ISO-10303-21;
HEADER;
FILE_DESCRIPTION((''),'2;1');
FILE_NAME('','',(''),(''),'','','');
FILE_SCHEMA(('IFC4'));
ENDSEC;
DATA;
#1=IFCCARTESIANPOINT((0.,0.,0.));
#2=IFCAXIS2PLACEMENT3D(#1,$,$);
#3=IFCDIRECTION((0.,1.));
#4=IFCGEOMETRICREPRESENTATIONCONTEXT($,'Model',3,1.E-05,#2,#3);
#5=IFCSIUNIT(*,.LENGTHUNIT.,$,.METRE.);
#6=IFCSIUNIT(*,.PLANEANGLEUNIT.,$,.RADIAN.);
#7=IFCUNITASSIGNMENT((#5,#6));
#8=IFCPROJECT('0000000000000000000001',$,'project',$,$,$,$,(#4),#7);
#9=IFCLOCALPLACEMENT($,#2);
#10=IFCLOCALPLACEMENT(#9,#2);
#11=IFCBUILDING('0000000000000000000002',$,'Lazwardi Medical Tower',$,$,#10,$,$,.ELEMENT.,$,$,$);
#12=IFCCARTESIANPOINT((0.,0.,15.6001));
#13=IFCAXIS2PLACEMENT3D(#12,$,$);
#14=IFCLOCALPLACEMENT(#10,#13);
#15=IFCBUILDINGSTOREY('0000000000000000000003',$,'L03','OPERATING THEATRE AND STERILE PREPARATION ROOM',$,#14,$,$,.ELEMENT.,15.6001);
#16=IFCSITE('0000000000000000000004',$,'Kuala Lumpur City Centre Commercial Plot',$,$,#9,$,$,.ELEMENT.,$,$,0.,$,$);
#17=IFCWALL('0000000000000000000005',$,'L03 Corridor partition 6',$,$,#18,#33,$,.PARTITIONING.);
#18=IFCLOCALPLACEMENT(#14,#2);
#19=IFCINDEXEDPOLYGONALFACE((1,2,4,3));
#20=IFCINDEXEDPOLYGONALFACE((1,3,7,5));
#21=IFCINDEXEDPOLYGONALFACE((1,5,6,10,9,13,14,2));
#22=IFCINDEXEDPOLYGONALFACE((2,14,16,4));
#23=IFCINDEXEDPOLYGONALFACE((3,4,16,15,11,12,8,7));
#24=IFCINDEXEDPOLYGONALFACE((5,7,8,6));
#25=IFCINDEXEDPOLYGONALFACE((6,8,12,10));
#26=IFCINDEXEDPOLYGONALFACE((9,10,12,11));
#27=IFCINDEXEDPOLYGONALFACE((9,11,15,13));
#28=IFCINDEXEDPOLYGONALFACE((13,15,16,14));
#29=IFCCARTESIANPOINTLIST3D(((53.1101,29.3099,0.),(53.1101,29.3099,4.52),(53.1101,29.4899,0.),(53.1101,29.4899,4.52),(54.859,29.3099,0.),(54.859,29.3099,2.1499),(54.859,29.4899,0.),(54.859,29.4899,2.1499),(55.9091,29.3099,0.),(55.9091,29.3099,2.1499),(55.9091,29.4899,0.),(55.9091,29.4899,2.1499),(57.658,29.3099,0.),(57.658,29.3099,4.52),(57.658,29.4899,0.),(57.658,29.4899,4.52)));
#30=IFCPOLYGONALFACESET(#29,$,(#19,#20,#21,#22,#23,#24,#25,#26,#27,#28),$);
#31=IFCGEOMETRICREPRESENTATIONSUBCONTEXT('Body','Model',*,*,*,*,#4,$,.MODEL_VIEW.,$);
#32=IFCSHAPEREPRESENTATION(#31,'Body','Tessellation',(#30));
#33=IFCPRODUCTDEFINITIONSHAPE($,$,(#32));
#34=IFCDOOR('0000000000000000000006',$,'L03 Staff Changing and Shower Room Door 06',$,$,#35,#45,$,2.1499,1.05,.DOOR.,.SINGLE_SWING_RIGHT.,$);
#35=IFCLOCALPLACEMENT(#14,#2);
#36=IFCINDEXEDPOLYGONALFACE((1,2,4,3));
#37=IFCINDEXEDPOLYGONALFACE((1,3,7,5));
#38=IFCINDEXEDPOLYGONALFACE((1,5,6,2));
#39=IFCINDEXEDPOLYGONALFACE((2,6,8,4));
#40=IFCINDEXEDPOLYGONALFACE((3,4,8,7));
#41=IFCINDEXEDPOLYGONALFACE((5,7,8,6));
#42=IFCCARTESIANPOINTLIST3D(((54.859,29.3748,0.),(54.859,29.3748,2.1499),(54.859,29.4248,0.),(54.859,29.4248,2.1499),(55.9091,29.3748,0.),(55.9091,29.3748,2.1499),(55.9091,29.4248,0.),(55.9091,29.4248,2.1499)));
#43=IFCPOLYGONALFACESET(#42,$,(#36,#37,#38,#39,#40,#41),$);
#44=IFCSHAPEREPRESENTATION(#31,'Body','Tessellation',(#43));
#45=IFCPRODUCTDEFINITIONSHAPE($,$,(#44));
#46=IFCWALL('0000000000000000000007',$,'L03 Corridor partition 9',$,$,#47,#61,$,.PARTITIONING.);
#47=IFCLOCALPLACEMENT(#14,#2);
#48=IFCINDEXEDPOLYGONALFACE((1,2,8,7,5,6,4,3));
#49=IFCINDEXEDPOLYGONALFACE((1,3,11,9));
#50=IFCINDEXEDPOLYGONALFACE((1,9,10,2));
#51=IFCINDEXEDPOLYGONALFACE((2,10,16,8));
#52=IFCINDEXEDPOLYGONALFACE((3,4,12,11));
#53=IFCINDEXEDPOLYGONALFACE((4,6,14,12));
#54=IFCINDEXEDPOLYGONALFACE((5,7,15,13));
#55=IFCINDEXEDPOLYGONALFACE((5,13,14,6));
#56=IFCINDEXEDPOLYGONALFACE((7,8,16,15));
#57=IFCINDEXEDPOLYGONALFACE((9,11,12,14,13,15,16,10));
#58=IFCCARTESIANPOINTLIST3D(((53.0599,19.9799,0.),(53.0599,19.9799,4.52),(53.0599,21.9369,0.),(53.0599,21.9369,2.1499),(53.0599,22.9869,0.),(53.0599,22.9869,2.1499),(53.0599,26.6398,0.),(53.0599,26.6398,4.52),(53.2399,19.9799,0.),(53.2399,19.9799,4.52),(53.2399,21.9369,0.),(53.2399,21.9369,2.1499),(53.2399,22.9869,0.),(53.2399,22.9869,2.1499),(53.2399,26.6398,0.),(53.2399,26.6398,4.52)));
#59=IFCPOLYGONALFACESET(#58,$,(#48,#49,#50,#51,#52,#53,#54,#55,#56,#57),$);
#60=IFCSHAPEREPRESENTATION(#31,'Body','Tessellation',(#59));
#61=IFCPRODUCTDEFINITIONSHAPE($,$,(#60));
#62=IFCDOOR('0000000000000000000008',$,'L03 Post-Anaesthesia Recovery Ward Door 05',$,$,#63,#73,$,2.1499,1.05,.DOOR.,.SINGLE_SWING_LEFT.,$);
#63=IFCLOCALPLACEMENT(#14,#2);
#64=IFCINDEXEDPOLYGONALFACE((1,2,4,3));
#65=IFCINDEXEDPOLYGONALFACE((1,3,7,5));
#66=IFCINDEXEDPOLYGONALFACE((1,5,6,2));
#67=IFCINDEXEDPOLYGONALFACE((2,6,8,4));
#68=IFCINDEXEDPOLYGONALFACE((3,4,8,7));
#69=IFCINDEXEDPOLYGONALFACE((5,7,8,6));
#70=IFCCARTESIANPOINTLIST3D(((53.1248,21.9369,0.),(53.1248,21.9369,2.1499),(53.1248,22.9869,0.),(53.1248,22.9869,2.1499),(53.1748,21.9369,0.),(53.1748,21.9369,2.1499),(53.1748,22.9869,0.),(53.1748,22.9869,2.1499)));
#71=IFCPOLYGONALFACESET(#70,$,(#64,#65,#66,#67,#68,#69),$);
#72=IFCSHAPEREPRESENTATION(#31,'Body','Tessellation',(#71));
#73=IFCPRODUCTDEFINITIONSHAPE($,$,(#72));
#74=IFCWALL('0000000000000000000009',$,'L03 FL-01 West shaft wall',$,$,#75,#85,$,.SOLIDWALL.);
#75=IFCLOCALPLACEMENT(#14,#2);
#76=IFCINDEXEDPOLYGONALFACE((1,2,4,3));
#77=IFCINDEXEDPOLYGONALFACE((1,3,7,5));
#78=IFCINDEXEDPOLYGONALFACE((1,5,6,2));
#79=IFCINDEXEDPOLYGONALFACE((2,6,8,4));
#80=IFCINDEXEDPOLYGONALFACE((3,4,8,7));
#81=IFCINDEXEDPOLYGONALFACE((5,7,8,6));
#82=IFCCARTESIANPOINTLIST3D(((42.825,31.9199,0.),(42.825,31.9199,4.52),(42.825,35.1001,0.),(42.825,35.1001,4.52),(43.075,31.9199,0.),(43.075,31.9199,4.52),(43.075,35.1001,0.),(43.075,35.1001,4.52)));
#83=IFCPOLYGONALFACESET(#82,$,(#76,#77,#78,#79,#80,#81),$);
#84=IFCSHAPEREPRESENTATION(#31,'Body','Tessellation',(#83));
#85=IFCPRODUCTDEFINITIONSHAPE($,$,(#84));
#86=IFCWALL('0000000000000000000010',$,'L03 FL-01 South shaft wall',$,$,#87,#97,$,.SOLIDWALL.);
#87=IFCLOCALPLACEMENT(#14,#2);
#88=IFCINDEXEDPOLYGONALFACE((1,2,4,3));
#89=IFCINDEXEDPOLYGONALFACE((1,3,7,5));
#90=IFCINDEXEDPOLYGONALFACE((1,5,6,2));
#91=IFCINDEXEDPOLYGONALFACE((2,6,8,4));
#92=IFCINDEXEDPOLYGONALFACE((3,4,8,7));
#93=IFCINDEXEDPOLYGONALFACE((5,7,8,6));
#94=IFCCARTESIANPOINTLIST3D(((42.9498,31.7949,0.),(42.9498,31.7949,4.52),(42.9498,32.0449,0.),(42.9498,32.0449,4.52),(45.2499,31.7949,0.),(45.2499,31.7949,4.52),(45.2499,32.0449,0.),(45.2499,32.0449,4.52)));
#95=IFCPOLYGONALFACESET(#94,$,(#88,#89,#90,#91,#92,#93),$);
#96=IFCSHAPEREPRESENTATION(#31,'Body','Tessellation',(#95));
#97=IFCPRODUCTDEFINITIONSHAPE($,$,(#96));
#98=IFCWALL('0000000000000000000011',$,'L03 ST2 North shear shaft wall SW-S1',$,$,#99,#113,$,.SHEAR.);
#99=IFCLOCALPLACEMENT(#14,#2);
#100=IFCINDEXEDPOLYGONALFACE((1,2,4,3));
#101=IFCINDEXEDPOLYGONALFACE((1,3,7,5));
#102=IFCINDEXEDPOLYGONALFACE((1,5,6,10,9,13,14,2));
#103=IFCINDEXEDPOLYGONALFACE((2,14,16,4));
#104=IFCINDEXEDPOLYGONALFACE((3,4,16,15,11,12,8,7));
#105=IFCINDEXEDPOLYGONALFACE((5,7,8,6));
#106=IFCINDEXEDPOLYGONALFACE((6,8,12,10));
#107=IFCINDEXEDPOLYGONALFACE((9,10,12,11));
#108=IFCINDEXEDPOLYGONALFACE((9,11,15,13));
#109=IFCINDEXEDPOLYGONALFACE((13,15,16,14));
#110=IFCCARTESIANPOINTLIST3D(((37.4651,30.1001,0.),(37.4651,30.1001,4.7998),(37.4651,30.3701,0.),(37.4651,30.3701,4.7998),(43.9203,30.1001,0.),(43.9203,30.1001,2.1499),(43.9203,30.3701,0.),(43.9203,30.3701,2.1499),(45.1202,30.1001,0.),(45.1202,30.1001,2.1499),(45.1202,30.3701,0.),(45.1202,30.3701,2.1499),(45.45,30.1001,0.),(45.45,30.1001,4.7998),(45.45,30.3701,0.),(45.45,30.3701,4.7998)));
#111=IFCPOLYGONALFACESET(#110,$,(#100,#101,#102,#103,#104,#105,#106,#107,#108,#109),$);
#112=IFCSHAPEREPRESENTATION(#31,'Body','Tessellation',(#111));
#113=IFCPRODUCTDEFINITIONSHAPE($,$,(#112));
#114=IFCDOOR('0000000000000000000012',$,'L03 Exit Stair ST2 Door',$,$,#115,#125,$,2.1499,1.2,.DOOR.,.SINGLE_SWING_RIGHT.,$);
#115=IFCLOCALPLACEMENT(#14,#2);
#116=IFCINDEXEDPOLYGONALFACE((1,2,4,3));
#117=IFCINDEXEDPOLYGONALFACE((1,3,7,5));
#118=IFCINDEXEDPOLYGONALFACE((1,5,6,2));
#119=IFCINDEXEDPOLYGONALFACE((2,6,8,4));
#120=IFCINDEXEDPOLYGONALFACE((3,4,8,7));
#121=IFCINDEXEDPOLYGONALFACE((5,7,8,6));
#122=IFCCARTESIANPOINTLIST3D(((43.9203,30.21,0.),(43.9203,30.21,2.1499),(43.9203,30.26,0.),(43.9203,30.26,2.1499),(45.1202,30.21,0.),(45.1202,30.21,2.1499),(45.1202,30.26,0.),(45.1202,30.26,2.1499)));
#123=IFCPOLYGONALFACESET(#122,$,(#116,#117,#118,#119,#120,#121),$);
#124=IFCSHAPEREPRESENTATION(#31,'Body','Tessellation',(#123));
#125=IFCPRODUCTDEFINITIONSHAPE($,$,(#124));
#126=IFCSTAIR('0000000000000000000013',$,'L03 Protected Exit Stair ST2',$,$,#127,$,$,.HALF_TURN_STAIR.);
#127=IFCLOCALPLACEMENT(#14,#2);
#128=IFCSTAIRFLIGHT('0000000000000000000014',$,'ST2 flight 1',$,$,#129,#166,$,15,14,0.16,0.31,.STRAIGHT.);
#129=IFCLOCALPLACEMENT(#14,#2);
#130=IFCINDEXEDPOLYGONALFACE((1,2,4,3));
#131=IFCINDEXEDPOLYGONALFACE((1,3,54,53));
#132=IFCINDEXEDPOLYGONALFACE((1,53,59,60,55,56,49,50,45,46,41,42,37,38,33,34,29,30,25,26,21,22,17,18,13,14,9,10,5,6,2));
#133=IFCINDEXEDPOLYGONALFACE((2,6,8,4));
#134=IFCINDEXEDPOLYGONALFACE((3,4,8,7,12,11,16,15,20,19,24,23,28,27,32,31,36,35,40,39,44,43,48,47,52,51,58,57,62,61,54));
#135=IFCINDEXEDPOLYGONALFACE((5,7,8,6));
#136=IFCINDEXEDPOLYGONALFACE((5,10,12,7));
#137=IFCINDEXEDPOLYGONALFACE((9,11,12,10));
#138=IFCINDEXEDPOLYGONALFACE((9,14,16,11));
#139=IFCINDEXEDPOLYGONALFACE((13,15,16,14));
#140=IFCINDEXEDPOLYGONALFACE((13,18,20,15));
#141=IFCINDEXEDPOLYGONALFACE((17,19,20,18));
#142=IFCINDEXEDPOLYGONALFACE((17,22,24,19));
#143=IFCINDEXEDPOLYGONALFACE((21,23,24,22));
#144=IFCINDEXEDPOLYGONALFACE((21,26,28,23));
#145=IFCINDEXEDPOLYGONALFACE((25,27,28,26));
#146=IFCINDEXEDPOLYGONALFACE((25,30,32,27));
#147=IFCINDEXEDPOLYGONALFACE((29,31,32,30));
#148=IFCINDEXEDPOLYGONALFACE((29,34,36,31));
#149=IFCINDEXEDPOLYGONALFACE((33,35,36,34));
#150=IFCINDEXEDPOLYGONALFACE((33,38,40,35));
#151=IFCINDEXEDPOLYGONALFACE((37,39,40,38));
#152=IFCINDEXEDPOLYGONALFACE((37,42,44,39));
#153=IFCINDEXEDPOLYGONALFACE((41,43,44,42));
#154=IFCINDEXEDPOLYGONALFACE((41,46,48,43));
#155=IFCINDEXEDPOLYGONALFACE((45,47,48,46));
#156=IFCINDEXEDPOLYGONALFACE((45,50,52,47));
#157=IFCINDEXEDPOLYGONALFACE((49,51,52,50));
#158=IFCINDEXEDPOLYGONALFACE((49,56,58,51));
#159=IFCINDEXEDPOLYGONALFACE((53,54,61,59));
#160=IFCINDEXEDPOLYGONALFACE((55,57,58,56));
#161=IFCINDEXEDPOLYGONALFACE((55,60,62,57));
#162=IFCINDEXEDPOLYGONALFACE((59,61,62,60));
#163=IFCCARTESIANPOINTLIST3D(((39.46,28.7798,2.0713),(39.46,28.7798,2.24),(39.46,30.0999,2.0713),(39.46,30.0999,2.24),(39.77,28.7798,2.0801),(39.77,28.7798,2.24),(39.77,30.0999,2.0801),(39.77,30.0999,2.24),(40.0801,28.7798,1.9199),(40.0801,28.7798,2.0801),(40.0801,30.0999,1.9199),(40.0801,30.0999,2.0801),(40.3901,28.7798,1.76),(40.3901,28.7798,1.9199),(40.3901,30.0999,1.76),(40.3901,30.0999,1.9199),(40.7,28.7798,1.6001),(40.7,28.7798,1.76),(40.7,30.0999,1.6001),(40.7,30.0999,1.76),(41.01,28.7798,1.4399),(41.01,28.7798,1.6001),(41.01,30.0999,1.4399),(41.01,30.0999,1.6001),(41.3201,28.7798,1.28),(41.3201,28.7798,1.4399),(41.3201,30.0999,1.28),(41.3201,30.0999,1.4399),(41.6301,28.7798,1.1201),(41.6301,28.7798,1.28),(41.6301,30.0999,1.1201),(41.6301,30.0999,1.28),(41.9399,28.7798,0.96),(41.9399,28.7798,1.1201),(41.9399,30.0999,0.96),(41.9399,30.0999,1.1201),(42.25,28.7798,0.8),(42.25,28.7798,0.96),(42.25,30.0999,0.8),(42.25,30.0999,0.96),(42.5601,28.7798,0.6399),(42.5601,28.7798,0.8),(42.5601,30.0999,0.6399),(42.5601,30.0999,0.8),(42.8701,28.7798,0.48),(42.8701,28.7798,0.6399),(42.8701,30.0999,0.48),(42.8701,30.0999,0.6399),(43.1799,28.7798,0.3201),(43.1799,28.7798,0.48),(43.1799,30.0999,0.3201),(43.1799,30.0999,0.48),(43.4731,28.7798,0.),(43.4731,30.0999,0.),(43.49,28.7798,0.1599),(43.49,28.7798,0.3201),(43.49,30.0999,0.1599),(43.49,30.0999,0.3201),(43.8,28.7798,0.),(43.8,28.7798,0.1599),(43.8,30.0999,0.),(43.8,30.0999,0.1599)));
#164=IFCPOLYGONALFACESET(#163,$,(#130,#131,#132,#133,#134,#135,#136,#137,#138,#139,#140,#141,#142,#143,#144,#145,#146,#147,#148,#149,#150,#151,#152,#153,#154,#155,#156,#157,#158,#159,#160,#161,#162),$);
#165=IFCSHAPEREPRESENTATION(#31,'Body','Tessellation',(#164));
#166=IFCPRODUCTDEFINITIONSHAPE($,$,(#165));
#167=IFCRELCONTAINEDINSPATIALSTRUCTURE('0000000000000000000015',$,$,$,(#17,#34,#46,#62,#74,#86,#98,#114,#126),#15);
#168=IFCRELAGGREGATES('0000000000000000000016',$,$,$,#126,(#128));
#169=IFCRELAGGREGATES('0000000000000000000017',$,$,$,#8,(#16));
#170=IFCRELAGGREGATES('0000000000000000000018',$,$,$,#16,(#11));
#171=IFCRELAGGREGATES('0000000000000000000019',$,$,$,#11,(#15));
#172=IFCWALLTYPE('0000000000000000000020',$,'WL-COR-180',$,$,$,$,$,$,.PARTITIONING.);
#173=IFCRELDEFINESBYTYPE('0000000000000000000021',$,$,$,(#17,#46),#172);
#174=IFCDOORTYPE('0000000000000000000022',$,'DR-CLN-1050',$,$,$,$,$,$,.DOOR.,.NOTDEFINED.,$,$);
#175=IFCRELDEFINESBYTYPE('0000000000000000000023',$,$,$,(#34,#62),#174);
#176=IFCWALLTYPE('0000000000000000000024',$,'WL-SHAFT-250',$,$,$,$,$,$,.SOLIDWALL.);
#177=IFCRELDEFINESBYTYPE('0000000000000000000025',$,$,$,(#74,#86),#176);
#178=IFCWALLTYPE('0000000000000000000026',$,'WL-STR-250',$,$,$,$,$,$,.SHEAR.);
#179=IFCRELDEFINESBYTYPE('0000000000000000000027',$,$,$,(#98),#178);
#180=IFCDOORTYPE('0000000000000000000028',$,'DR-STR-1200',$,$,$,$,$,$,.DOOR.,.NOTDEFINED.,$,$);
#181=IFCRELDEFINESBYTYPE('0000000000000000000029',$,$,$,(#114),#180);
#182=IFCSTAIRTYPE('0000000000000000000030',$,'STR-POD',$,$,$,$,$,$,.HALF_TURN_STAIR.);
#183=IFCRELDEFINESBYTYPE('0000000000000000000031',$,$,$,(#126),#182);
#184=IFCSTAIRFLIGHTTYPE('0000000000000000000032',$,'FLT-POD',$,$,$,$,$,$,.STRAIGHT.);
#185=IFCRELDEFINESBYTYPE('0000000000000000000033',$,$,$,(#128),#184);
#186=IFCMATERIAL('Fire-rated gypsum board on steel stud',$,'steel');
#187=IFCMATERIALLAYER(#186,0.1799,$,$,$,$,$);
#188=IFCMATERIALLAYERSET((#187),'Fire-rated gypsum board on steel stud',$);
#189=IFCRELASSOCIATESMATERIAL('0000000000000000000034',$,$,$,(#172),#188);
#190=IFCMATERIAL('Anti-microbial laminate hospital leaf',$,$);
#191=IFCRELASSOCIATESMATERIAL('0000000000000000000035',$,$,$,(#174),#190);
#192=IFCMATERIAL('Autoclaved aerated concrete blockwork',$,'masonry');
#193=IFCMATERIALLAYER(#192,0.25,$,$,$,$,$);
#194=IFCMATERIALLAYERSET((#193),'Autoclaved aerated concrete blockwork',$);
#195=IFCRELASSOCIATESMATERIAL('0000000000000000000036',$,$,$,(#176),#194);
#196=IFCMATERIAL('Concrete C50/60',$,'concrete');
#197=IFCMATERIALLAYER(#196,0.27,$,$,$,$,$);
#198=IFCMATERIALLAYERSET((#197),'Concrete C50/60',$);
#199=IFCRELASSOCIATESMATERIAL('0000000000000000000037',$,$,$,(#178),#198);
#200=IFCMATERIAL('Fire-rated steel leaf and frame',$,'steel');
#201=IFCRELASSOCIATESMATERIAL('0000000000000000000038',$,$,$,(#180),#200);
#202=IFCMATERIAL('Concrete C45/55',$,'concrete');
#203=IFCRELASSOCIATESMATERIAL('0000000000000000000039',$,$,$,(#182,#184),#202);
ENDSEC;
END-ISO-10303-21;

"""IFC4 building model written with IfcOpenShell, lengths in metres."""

from ifc_helpers import new_model, si_unit, direction, frame, frame_2d, origin, place, context, subcontext, project, spatial, polyline, rectangle, outline, extrude, material, layer, layer_set, type_object, element, fill, aggregate, save


model = new_model("IFC4")

# Units and contexts
model_context = context("Model", 3, precision=1e-05, world=origin(), true_north=direction((0.0, 1.0)))
body_context = subcontext(model_context, "Body", "Model", "MODEL_VIEW")
ifc_project = project(units=[si_unit("LENGTHUNIT", "METRE"), si_unit("PLANEANGLEUNIT", "RADIAN")], contexts=[model_context])

# Site, building, storey
site_placement = place(None, origin())
site = spatial("IfcSite", under=ifc_project, at=site_placement, Name="Kuala Lumpur City Centre Commercial Plot", CompositionType="ELEMENT", RefElevation=0.0)
building_placement = place(site_placement, origin())
building = spatial("IfcBuilding", under=site, at=building_placement, Name="Lazwardi Medical Tower", CompositionType="ELEMENT")
storey_placement = place(building_placement, frame((0.0, 0.0, 15.6001)))
storey = spatial("IfcBuildingStorey", under=building, at=storey_placement, Name="L03", Description="OPERATING THEATRE AND STERILE PREPARATION ROOM", CompositionType="ELEMENT", Elevation=15.6001)

# Walls, openings, doors
ifc_material_1 = material(Name="Fire-rated gypsum board on steel stud", Category="steel")
ifc_layer_1 = layer(ifc_material_1, 0.1799)
ifc_layer_set_1 = layer_set([ifc_layer_1], Name="Fire-rated gypsum board on steel stud")
wall_type_1 = type_object("IfcWallType", Name="WL-COR-180", PredefinedType="PARTITIONING", material=ifc_layer_set_1)
wall_1_placement = place(storey_placement, frame((53.1101, 29.3999, 0.0), z_axis=(0.0, 0.0, 1.0), x_axis=(1.0, 0.0, 0.0)))
wall_1 = element("IfcWall", 1, at=wall_1_placement, inside=storey, type_object=wall_type_1, Name="L03 Corridor partition 6", PredefinedType="PARTITIONING", context=body_context, shape_type="SweptSolid", body=[
    extrude(rectangle(XDim=4.5479, YDim=0.1799, at=frame_2d((2.2739, 0.0))), origin(), (0.0, 0.0, 1.0), 4.52),
])
opening_1_placement = place(wall_1_placement, frame((1.749, 0.0, 0.0)))
opening_1 = element("IfcOpeningElement", 2, at=opening_1_placement, cuts=wall_1, PredefinedType="OPENING", context=body_context, shape_type="SweptSolid", body=[
    extrude(rectangle(XDim=1.05, YDim=2.1499, at=frame_2d((0.5249, 1.075))), frame((0.0, 0.0999, 0.0), z_axis=(0.0, -1.0, 0.0), x_axis=(1.0, 0.0, 0.0)), (0.0, 0.0, 1.0), 0.2),
])
ifc_material_2 = material(Name="Anti-microbial laminate hospital leaf")
door_type_1 = type_object("IfcDoorType", Name="DR-CLN-1050", OperationType="NOTDEFINED", PredefinedType="DOOR", material=ifc_material_2)
door_1_placement = place(opening_1_placement, origin())
door_1 = element("IfcDoor", 3, at=door_1_placement, inside=storey, type_object=door_type_1, Name="L03 Staff Changing and Shower Room Door 06", OperationType="SINGLE_SWING_RIGHT", OverallHeight=2.1499, OverallWidth=1.05, PredefinedType="DOOR", context=body_context, shape_type="SweptSolid", body=[
    extrude(rectangle(XDim=1.05, YDim=2.1499, at=frame_2d((0.5249, 1.075))), frame((0.0, 0.0249, 0.0), z_axis=(0.0, -1.0, 0.0), x_axis=(1.0, 0.0, 0.0)), (0.0, 0.0, 1.0), 0.05),
])
fill(opening_1, door_1)
wall_2_placement = place(storey_placement, frame((53.1499, 26.6399, 0.0), z_axis=(0.0, 0.0, 1.0), x_axis=(0.0, -1.0, 0.0)))
wall_2 = element("IfcWall", 4, at=wall_2_placement, inside=storey, type_object=wall_type_1, Name="L03 Corridor partition 9", PredefinedType="PARTITIONING", context=body_context, shape_type="SweptSolid", body=[
    extrude(rectangle(XDim=6.6599, YDim=0.1799, at=frame_2d((3.3301, 0.0))), origin(), (0.0, 0.0, 1.0), 4.52),
])
opening_2_placement = place(wall_2_placement, frame((3.6531, 0.0, 0.0)))
opening_2 = element("IfcOpeningElement", 5, at=opening_2_placement, cuts=wall_2, PredefinedType="OPENING", context=body_context, shape_type="SweptSolid", body=[
    extrude(rectangle(XDim=1.05, YDim=2.1499, at=frame_2d((0.5249, 1.075))), frame((0.0, 0.0999, 0.0), z_axis=(0.0, -1.0, 0.0), x_axis=(1.0, 0.0, 0.0)), (0.0, 0.0, 1.0), 0.2),
])
door_2_placement = place(opening_2_placement, origin())
door_2 = element("IfcDoor", 6, at=door_2_placement, inside=storey, type_object=door_type_1, Name="L03 Post-Anaesthesia Recovery Ward Door 05", OperationType="SINGLE_SWING_LEFT", OverallHeight=2.1499, OverallWidth=1.05, PredefinedType="DOOR", context=body_context, shape_type="SweptSolid", body=[
    extrude(rectangle(XDim=1.05, YDim=2.1499, at=frame_2d((0.5249, 1.075))), frame((0.0, 0.0249, 0.0), z_axis=(0.0, -1.0, 0.0), x_axis=(1.0, 0.0, 0.0)), (0.0, 0.0, 1.0), 0.05),
])
fill(opening_2, door_2)

# Walls
ifc_material_3 = material(Name="Autoclaved aerated concrete blockwork", Category="masonry")
ifc_layer_2 = layer(ifc_material_3, 0.25)
ifc_layer_set_2 = layer_set([ifc_layer_2], Name="Autoclaved aerated concrete blockwork")
wall_type_2 = type_object("IfcWallType", Name="WL-SHAFT-250", PredefinedType="SOLIDWALL", material=ifc_layer_set_2)
wall_3_placement = place(storey_placement, frame((42.95, 31.9199, 0.0), z_axis=(0.0, 0.0, 1.0), x_axis=(0.0, 1.0, 0.0)))
element("IfcWall", 7, at=wall_3_placement, inside=storey, type_object=wall_type_2, Name="L03 FL-01 West shaft wall", PredefinedType="SOLIDWALL", context=body_context, shape_type="SweptSolid", body=[
    extrude(rectangle(XDim=3.1802, YDim=0.25, at=frame_2d((1.5901, 0.0))), origin(), (0.0, 0.0, 1.0), 4.52),
])
wall_4_placement = place(storey_placement, frame((42.95, 31.9199, 0.0), z_axis=(0.0, 0.0, 1.0), x_axis=(1.0, 0.0, 0.0)))
element("IfcWall", 8, at=wall_4_placement, inside=storey, type_object=wall_type_2, Name="L03 FL-01 South shaft wall", PredefinedType="SOLIDWALL", context=body_context, shape_type="SweptSolid", body=[
    extrude(rectangle(XDim=2.3, YDim=0.25, at=frame_2d((1.1499, 0.0))), origin(), (0.0, 0.0, 1.0), 4.52),
])

# Wall, opening, door
ifc_material_4 = material(Name="Concrete C50/60", Category="concrete")
ifc_layer_3 = layer(ifc_material_4, 0.27)
ifc_layer_set_3 = layer_set([ifc_layer_3], Name="Concrete C50/60")
wall_type_3 = type_object("IfcWallType", Name="WL-STR-250", PredefinedType="SHEAR", material=ifc_layer_set_3)
wall_5_placement = place(storey_placement, frame((37.4651, 30.2351, 0.0), z_axis=(0.0, 0.0, 1.0), x_axis=(1.0, 0.0, 0.0)))
wall_5 = element("IfcWall", 9, at=wall_5_placement, inside=storey, type_object=wall_type_3, Name="L03 ST2 North shear shaft wall SW-S1", PredefinedType="SHEAR", context=body_context, shape_type="SweptSolid", body=[
    extrude(rectangle(XDim=7.9849, YDim=0.27, at=frame_2d((3.9924, 0.0))), origin(), (0.0, 0.0, 1.0), 4.7998),
])
opening_3_placement = place(wall_5_placement, frame((6.4551, 0.0, 0.0)))
opening_3 = element("IfcOpeningElement", 10, at=opening_3_placement, cuts=wall_5, PredefinedType="OPENING", context=body_context, shape_type="SweptSolid", body=[
    extrude(rectangle(XDim=1.2, YDim=2.1499, at=frame_2d((0.6001, 1.075))), frame((0.0, 0.145, 0.0), z_axis=(0.0, -1.0, 0.0), x_axis=(1.0, 0.0, 0.0)), (0.0, 0.0, 1.0), 0.29),
])
ifc_material_5 = material(Name="Fire-rated steel leaf and frame", Category="steel")
door_type_2 = type_object("IfcDoorType", Name="DR-STR-1200", OperationType="NOTDEFINED", PredefinedType="DOOR", material=ifc_material_5)
door_3_placement = place(opening_3_placement, origin())
door_3 = element("IfcDoor", 11, at=door_3_placement, inside=storey, type_object=door_type_2, Name="L03 Exit Stair ST2 Door", OperationType="SINGLE_SWING_RIGHT", OverallHeight=2.1499, OverallWidth=1.2, PredefinedType="DOOR", context=body_context, shape_type="SweptSolid", body=[
    extrude(rectangle(XDim=1.2, YDim=2.1499, at=frame_2d((0.6001, 1.075))), frame((0.0, 0.0249, 0.0), z_axis=(0.0, -1.0, 0.0), x_axis=(1.0, 0.0, 0.0)), (0.0, 0.0, 1.0), 0.05),
])
fill(opening_3, door_3)

# Stair, stair flight
ifc_material_6 = material(Name="Concrete C45/55", Category="concrete")
stair_type = type_object("IfcStairType", Name="STR-POD", PredefinedType="HALF_TURN_STAIR", material=ifc_material_6)
stair_1_placement = place(storey_placement, origin())
stair_1 = element("IfcStair", 12, at=stair_1_placement, inside=storey, type_object=stair_type, Name="L03 Protected Exit Stair ST2", PredefinedType="HALF_TURN_STAIR")
stair_flight_type = type_object("IfcStairFlightType", Name="FLT-POD", PredefinedType="STRAIGHT", material=ifc_material_6)
stair_flight_1_placement = place(storey_placement, frame((43.8, 29.4399, 0.0), z_axis=(0.0, 0.0, 1.0), x_axis=(-1.0, 0.0, 0.0)))
stair_flight_1 = element("IfcStairFlight", 13, at=stair_flight_1_placement, type_object=stair_flight_type, Name="ST2 flight 1", NumberOfRisers=15, NumberOfTreads=14, PredefinedType="STRAIGHT", RiserHeight=0.16, TreadLength=0.31, context=body_context, shape_type="SweptSolid", body=[
    extrude(outline(polyline([(0.0, 0.0), (0.0, 0.1599), (0.3101, 0.1599), (0.3101, 0.3201), (0.6201, 0.3201), (0.6201, 0.48), (0.9299, 0.48), (0.9299, 0.6399), (1.24, 0.6399), (1.24, 0.8), (1.55, 0.8), (1.55, 0.96), (1.8601, 0.96), (1.8601, 1.1201), (2.1699, 1.1201), (2.1699, 1.28), (2.48, 1.28), (2.48, 1.4399), (2.79, 1.4399), (2.79, 1.6001), (3.1001, 1.6001), (3.1001, 1.76), (3.4099, 1.76), (3.4099, 1.9199), (3.72, 1.9199), (3.72, 2.0801), (4.03, 2.0801), (4.03, 2.24), (4.3401, 2.24), (4.3401, 2.3999), (4.3401, 2.0713), (0.3269, 0.0), (0.0, 0.0)])), frame((0.0, 0.6602, 0.0), z_axis=(0.0, -1.0, 0.0), x_axis=(1.0, 0.0, 0.0)), (0.0, 0.0, 1.0), 1.3201),
])
aggregate(stair_1, [stair_flight_1])

save(model, "model.ifc")
